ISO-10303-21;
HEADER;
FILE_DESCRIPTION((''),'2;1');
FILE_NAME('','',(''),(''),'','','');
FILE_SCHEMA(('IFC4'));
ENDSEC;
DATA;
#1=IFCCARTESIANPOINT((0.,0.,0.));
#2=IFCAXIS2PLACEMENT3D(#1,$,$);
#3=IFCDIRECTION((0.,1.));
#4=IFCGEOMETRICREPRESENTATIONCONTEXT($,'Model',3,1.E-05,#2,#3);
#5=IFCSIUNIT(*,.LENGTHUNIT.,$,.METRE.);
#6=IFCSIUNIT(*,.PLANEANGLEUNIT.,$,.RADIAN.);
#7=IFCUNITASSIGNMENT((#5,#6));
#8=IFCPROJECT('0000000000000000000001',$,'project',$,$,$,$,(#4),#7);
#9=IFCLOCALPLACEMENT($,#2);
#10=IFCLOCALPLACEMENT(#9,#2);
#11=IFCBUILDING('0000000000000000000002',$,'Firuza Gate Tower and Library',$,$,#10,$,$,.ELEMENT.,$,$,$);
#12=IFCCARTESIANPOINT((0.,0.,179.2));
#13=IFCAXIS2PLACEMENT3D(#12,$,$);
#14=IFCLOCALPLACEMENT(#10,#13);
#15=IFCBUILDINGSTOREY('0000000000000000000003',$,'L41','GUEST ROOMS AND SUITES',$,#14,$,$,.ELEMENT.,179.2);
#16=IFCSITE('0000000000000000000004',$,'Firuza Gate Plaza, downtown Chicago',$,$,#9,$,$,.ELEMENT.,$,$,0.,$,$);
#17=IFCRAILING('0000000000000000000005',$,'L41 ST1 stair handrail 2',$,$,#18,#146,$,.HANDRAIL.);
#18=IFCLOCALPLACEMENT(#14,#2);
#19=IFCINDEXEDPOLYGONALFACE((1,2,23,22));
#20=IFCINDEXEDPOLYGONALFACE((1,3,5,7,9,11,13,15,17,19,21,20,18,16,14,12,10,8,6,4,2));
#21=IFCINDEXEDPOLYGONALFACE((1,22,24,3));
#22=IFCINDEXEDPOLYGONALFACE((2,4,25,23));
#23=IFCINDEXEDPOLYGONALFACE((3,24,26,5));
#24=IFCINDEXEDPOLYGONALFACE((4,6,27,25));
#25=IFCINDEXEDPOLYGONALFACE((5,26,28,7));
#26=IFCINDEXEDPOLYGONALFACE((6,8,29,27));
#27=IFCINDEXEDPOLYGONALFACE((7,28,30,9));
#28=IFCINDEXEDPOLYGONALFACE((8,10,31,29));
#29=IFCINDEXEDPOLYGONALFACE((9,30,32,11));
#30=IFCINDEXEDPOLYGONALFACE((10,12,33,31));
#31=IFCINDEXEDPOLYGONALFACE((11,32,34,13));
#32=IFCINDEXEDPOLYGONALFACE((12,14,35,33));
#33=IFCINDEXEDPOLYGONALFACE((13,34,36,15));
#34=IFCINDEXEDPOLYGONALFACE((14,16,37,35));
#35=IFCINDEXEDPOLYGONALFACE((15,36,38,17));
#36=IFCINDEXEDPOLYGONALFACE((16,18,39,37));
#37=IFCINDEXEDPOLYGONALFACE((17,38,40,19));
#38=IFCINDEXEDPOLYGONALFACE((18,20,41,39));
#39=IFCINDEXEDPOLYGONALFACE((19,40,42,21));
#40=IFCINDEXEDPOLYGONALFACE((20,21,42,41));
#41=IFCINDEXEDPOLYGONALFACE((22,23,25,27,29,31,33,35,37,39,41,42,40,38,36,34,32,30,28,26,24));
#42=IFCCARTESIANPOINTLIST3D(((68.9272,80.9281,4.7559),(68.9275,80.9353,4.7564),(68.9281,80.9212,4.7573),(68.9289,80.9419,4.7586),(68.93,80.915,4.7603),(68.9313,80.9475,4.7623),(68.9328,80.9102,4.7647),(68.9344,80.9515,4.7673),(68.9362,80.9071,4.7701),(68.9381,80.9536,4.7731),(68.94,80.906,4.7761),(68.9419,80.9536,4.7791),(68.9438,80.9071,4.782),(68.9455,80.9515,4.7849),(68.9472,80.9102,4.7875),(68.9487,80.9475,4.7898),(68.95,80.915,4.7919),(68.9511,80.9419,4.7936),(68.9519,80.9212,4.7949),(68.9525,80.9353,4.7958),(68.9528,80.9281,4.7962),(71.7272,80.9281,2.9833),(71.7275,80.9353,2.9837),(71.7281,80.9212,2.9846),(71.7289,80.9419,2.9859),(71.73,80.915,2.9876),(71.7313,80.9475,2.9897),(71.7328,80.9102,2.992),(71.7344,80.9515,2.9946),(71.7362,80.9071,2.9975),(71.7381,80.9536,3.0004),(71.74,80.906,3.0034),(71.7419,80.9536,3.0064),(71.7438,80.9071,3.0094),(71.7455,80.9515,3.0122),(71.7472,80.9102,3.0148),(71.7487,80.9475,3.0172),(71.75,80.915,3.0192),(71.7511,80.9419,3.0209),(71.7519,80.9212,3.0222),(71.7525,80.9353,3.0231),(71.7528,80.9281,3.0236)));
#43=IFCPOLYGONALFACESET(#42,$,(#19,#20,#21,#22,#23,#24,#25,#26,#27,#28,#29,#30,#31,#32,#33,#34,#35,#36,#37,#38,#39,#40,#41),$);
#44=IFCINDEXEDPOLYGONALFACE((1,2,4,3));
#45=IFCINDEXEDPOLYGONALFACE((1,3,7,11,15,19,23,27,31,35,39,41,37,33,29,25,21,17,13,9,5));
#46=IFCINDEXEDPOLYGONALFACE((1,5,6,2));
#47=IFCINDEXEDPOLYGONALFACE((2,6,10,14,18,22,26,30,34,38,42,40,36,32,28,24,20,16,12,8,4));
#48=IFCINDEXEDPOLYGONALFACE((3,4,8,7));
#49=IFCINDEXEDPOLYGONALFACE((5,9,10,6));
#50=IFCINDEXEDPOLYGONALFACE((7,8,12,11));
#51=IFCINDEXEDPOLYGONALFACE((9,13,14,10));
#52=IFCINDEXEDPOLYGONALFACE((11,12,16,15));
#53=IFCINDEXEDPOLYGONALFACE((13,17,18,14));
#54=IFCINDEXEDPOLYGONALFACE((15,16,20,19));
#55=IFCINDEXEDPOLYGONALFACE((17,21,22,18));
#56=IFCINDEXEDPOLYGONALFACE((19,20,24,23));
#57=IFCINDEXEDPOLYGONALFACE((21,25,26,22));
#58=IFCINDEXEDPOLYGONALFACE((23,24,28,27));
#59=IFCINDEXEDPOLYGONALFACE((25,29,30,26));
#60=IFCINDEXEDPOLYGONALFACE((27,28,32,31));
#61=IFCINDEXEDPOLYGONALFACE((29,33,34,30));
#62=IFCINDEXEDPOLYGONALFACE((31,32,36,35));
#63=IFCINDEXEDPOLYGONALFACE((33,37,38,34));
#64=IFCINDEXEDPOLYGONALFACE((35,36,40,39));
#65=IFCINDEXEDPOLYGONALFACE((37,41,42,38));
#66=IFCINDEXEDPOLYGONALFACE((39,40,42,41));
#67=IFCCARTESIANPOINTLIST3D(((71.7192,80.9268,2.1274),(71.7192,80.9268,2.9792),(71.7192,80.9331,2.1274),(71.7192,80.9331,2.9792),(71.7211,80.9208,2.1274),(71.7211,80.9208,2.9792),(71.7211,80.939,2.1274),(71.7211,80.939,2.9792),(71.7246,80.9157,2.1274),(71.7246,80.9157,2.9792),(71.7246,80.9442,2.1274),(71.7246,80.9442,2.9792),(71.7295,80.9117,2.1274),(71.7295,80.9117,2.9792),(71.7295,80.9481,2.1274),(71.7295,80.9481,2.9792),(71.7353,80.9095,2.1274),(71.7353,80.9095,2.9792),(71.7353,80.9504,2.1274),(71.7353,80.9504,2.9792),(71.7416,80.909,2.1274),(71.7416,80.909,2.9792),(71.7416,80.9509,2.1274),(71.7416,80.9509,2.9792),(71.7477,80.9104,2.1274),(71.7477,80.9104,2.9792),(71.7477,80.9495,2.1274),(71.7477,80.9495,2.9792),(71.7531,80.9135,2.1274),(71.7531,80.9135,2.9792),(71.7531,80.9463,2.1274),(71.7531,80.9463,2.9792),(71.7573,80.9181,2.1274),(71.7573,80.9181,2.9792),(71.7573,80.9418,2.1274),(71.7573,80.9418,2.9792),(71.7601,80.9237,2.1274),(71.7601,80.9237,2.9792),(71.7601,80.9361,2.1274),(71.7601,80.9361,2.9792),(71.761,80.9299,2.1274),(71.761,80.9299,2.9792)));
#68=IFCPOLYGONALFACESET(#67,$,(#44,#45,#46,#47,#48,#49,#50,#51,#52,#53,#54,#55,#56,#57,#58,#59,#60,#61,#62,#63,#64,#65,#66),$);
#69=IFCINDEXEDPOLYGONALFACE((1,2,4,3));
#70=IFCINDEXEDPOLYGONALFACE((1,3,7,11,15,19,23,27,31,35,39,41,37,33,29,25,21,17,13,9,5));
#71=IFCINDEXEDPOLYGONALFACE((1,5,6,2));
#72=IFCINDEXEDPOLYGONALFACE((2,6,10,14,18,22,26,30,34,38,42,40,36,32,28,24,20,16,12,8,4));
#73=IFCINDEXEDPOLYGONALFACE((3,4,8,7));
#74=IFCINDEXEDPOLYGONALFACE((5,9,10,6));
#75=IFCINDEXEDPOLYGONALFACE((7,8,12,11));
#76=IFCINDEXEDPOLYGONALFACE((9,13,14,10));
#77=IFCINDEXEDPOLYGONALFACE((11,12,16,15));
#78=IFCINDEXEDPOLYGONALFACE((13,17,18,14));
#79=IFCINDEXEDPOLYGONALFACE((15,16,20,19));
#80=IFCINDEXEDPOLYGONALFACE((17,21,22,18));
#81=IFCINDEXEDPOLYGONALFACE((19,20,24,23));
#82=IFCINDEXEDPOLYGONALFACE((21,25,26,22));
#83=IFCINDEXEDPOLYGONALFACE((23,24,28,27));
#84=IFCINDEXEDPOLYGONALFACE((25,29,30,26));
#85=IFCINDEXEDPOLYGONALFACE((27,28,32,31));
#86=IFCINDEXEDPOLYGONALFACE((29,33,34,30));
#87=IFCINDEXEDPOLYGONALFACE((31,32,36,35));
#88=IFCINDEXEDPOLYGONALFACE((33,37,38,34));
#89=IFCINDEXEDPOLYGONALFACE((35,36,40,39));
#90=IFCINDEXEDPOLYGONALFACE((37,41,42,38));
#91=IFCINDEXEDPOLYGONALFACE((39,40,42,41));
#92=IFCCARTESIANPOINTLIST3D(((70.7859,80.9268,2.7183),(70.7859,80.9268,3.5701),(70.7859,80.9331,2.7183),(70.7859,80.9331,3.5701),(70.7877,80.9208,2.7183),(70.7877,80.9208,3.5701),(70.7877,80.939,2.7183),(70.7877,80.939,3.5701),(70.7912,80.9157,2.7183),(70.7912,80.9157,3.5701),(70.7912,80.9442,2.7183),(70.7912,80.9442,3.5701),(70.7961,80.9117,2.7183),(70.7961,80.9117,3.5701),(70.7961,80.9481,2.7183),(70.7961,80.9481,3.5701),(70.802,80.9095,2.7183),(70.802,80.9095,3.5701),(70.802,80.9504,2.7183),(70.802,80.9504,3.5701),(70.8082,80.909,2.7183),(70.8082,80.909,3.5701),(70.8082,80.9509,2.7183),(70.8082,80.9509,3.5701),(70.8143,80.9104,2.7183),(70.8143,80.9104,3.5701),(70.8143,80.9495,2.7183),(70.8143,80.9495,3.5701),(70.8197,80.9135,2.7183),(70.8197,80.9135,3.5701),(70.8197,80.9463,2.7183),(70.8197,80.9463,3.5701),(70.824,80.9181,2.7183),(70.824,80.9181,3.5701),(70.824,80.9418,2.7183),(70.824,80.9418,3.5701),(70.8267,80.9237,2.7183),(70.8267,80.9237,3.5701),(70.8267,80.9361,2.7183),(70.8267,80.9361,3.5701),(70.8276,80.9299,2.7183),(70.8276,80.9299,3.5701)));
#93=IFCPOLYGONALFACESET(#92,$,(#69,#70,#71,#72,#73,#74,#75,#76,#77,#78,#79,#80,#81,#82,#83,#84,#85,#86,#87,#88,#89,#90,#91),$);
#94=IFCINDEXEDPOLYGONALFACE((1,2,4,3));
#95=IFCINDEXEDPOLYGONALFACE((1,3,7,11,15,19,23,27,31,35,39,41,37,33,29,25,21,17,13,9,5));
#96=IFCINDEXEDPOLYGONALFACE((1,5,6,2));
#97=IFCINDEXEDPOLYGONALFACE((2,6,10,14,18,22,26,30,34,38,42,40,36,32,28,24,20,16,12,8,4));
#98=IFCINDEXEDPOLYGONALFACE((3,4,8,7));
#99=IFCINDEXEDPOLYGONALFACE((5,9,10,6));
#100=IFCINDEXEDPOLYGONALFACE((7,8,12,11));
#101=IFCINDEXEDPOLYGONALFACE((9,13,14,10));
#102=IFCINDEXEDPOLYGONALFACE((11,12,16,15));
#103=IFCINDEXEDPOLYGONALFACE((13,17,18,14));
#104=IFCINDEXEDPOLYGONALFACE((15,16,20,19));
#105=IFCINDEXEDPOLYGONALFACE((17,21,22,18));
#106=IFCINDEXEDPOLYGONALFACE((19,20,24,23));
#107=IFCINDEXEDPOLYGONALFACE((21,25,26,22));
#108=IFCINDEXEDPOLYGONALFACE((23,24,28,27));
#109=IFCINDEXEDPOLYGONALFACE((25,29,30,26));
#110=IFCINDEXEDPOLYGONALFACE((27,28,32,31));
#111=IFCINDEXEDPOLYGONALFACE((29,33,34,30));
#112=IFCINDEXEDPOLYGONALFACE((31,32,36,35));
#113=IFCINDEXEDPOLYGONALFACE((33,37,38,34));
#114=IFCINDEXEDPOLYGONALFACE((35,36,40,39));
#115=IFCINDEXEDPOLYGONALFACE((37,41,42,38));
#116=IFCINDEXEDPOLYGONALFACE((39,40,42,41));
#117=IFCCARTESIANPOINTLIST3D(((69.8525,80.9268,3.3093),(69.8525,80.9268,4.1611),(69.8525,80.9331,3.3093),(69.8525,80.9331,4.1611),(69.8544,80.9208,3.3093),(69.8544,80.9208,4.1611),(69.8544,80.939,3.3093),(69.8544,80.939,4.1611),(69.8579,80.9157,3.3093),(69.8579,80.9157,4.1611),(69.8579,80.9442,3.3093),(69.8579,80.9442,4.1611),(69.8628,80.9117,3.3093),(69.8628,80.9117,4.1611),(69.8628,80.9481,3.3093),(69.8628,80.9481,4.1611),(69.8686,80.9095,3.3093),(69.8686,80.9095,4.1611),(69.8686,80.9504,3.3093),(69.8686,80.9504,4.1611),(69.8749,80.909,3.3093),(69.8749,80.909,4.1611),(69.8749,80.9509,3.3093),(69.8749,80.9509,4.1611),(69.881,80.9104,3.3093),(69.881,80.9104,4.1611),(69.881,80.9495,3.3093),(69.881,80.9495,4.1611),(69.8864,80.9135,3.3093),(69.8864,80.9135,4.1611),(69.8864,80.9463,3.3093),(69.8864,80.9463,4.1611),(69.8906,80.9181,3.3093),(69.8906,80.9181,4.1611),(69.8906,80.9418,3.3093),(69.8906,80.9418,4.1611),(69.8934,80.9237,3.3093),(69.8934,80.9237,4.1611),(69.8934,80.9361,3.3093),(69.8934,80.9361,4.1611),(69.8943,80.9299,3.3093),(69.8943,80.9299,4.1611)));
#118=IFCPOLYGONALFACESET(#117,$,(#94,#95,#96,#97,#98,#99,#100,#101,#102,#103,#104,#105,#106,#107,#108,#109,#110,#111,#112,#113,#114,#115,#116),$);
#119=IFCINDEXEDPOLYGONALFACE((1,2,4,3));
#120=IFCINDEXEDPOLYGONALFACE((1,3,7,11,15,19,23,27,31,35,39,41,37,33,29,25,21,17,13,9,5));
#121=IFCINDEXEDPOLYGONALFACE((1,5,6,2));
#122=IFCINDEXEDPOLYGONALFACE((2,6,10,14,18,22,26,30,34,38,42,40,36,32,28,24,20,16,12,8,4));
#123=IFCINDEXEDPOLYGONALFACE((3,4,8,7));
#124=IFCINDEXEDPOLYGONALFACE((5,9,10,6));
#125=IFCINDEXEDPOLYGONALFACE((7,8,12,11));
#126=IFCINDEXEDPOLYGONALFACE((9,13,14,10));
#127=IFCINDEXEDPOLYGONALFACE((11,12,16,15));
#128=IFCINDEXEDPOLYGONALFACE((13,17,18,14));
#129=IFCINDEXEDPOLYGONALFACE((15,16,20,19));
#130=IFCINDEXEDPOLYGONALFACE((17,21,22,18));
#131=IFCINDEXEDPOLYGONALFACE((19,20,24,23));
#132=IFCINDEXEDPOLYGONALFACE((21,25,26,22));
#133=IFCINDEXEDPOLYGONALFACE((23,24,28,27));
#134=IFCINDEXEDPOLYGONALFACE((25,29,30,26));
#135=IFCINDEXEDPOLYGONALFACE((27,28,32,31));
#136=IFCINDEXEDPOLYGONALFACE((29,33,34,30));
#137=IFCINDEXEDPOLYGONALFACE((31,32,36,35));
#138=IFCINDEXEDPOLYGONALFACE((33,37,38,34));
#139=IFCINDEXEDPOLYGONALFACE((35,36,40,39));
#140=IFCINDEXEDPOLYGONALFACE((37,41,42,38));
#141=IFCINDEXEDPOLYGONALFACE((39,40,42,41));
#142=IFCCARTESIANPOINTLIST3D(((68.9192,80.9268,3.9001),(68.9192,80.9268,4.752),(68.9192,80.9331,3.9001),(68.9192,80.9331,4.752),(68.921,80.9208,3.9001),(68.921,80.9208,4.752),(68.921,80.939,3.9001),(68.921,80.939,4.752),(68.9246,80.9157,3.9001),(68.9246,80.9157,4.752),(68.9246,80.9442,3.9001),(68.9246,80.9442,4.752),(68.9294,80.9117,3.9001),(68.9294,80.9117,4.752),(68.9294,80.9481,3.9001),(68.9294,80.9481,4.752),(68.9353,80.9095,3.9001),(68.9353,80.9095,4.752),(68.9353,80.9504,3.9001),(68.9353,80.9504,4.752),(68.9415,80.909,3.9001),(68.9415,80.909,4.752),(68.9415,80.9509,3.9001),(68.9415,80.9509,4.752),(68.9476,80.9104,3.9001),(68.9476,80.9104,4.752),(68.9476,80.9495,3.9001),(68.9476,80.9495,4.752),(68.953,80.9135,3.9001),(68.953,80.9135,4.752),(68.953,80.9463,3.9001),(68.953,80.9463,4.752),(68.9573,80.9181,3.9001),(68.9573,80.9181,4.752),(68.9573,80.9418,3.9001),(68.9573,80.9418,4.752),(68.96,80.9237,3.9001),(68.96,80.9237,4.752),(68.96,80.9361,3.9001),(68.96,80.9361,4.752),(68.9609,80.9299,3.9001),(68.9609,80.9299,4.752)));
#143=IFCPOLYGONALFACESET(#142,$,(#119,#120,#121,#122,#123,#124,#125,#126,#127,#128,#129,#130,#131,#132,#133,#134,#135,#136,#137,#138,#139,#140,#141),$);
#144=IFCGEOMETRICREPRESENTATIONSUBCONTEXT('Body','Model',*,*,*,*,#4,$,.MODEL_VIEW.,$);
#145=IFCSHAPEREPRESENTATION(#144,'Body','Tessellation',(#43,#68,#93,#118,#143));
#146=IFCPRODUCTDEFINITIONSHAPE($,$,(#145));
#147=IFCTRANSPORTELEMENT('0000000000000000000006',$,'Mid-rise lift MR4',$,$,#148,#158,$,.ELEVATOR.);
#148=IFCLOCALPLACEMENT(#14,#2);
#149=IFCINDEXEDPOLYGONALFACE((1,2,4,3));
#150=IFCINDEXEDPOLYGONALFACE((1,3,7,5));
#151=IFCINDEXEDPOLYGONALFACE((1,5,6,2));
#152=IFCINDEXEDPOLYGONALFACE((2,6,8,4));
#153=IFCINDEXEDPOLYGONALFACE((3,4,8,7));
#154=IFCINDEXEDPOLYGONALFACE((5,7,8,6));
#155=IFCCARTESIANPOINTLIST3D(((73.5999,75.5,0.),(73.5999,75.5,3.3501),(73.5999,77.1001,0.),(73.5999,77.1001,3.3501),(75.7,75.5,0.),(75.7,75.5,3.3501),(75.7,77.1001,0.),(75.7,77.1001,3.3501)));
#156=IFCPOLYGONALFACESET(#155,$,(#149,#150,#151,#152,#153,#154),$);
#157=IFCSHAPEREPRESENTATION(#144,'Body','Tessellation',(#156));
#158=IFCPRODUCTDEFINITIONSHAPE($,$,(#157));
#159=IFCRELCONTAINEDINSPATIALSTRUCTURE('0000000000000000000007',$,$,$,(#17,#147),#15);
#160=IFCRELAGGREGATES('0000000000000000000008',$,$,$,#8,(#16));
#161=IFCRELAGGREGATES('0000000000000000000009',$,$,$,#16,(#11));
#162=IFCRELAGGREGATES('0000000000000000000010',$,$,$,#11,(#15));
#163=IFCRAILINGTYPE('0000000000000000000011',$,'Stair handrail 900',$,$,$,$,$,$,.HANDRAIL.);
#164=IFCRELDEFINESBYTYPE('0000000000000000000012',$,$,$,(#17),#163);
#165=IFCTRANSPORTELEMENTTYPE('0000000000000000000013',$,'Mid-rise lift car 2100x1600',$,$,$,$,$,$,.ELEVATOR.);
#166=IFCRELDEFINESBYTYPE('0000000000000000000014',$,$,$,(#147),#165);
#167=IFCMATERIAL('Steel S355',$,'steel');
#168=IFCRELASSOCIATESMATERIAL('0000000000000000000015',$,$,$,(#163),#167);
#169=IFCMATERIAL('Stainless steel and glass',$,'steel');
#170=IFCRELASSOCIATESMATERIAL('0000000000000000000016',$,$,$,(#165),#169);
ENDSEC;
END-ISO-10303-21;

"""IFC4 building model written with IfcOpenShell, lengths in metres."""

from ifc_helpers import new_model, si_unit, direction, frame, origin, origin_2d, place, context, subcontext, project, spatial, rectangle, circle, extrude, material, type_object, element, save


model = new_model("IFC4")

# Units and contexts
model_context = context("Model", 3, precision=1e-05, world=origin(), true_north=direction((0.0, 1.0)))
body_context = subcontext(model_context, "Body", "Model", "MODEL_VIEW")
ifc_project = project(units=[si_unit("LENGTHUNIT", "METRE"), si_unit("PLANEANGLEUNIT", "RADIAN")], contexts=[model_context])

# Site, building, storey
site_placement = place(None, origin())
site = spatial("IfcSite", under=ifc_project, at=site_placement, Name="Firuza Gate Plaza, downtown Chicago", CompositionType="ELEMENT", RefElevation=0.0)
building_placement = place(site_placement, origin())
building = spatial("IfcBuilding", under=site, at=building_placement, Name="Firuza Gate Tower and Library", CompositionType="ELEMENT")
storey_placement = place(building_placement, frame((0.0, 0.0, 179.2)))
storey = spatial("IfcBuildingStorey", under=building, at=storey_placement, Name="L41", Description="GUEST ROOMS AND SUITES", CompositionType="ELEMENT", Elevation=179.2)

# Railing
ifc_material_1 = material(Name="Steel S355", Category="steel")
railing_type_1 = type_object("IfcRailingType", Name="Stair handrail 900", PredefinedType="HANDRAIL", material=ifc_material_1)
railing_1_placement = place(storey_placement, frame((71.74, 80.9299, 2.1274)))
element("IfcRailing", 1, at=railing_1_placement, inside=storey, type_object=railing_type_1, Name="L41 ST1 stair handrail 2", PredefinedType="HANDRAIL", context=body_context, shape_type="SweptSolid", body=[
    extrude(circle(Radius=0.0239, at=origin_2d()), frame((0.0, 0.0, 0.876), z_axis=(-0.844909, 0.0, 0.53491), x_axis=(0.0, -1.0, 0.0)), (0.0, 0.0, 1.0), 3.314),
    extrude(circle(Radius=0.021, at=origin_2d()), origin(), (0.0, 0.0, 1.0), 0.8518),
    extrude(circle(Radius=0.021, at=origin_2d()), frame((-0.9333, 0.0, 0.5908)), (0.0, 0.0, 1.0), 0.8518),
    extrude(circle(Radius=0.021, at=origin_2d()), frame((-1.8667, 0.0, 1.1819)), (0.0, 0.0, 1.0), 0.8518),
    extrude(circle(Radius=0.021, at=origin_2d()), frame((-2.8, 0.0, 1.7727)), (0.0, 0.0, 1.0), 0.8518),
])

# Transport element
ifc_material_2 = material(Name="Stainless steel and glass", Category="steel")
transport_element_type = type_object("IfcTransportElementType", Name="Mid-rise lift car 2100x1600", PredefinedType="ELEVATOR", material=ifc_material_2)
transport_element_placement = place(storey_placement, frame((74.6499, 76.3, 0.0), z_axis=(0.0, 0.0, 1.0), x_axis=(1.0, 0.0, 0.0)))
element("IfcTransportElement", 2, at=transport_element_placement, inside=storey, type_object=transport_element_type, Name="Mid-rise lift MR4", PredefinedType="ELEVATOR", context=body_context, shape_type="SweptSolid", body=[
    extrude(rectangle(XDim=2.1001, YDim=1.6001, at=origin_2d()), origin(), (0.0, 0.0, 1.0), 3.3501),
])

save(model, "model.ifc")
